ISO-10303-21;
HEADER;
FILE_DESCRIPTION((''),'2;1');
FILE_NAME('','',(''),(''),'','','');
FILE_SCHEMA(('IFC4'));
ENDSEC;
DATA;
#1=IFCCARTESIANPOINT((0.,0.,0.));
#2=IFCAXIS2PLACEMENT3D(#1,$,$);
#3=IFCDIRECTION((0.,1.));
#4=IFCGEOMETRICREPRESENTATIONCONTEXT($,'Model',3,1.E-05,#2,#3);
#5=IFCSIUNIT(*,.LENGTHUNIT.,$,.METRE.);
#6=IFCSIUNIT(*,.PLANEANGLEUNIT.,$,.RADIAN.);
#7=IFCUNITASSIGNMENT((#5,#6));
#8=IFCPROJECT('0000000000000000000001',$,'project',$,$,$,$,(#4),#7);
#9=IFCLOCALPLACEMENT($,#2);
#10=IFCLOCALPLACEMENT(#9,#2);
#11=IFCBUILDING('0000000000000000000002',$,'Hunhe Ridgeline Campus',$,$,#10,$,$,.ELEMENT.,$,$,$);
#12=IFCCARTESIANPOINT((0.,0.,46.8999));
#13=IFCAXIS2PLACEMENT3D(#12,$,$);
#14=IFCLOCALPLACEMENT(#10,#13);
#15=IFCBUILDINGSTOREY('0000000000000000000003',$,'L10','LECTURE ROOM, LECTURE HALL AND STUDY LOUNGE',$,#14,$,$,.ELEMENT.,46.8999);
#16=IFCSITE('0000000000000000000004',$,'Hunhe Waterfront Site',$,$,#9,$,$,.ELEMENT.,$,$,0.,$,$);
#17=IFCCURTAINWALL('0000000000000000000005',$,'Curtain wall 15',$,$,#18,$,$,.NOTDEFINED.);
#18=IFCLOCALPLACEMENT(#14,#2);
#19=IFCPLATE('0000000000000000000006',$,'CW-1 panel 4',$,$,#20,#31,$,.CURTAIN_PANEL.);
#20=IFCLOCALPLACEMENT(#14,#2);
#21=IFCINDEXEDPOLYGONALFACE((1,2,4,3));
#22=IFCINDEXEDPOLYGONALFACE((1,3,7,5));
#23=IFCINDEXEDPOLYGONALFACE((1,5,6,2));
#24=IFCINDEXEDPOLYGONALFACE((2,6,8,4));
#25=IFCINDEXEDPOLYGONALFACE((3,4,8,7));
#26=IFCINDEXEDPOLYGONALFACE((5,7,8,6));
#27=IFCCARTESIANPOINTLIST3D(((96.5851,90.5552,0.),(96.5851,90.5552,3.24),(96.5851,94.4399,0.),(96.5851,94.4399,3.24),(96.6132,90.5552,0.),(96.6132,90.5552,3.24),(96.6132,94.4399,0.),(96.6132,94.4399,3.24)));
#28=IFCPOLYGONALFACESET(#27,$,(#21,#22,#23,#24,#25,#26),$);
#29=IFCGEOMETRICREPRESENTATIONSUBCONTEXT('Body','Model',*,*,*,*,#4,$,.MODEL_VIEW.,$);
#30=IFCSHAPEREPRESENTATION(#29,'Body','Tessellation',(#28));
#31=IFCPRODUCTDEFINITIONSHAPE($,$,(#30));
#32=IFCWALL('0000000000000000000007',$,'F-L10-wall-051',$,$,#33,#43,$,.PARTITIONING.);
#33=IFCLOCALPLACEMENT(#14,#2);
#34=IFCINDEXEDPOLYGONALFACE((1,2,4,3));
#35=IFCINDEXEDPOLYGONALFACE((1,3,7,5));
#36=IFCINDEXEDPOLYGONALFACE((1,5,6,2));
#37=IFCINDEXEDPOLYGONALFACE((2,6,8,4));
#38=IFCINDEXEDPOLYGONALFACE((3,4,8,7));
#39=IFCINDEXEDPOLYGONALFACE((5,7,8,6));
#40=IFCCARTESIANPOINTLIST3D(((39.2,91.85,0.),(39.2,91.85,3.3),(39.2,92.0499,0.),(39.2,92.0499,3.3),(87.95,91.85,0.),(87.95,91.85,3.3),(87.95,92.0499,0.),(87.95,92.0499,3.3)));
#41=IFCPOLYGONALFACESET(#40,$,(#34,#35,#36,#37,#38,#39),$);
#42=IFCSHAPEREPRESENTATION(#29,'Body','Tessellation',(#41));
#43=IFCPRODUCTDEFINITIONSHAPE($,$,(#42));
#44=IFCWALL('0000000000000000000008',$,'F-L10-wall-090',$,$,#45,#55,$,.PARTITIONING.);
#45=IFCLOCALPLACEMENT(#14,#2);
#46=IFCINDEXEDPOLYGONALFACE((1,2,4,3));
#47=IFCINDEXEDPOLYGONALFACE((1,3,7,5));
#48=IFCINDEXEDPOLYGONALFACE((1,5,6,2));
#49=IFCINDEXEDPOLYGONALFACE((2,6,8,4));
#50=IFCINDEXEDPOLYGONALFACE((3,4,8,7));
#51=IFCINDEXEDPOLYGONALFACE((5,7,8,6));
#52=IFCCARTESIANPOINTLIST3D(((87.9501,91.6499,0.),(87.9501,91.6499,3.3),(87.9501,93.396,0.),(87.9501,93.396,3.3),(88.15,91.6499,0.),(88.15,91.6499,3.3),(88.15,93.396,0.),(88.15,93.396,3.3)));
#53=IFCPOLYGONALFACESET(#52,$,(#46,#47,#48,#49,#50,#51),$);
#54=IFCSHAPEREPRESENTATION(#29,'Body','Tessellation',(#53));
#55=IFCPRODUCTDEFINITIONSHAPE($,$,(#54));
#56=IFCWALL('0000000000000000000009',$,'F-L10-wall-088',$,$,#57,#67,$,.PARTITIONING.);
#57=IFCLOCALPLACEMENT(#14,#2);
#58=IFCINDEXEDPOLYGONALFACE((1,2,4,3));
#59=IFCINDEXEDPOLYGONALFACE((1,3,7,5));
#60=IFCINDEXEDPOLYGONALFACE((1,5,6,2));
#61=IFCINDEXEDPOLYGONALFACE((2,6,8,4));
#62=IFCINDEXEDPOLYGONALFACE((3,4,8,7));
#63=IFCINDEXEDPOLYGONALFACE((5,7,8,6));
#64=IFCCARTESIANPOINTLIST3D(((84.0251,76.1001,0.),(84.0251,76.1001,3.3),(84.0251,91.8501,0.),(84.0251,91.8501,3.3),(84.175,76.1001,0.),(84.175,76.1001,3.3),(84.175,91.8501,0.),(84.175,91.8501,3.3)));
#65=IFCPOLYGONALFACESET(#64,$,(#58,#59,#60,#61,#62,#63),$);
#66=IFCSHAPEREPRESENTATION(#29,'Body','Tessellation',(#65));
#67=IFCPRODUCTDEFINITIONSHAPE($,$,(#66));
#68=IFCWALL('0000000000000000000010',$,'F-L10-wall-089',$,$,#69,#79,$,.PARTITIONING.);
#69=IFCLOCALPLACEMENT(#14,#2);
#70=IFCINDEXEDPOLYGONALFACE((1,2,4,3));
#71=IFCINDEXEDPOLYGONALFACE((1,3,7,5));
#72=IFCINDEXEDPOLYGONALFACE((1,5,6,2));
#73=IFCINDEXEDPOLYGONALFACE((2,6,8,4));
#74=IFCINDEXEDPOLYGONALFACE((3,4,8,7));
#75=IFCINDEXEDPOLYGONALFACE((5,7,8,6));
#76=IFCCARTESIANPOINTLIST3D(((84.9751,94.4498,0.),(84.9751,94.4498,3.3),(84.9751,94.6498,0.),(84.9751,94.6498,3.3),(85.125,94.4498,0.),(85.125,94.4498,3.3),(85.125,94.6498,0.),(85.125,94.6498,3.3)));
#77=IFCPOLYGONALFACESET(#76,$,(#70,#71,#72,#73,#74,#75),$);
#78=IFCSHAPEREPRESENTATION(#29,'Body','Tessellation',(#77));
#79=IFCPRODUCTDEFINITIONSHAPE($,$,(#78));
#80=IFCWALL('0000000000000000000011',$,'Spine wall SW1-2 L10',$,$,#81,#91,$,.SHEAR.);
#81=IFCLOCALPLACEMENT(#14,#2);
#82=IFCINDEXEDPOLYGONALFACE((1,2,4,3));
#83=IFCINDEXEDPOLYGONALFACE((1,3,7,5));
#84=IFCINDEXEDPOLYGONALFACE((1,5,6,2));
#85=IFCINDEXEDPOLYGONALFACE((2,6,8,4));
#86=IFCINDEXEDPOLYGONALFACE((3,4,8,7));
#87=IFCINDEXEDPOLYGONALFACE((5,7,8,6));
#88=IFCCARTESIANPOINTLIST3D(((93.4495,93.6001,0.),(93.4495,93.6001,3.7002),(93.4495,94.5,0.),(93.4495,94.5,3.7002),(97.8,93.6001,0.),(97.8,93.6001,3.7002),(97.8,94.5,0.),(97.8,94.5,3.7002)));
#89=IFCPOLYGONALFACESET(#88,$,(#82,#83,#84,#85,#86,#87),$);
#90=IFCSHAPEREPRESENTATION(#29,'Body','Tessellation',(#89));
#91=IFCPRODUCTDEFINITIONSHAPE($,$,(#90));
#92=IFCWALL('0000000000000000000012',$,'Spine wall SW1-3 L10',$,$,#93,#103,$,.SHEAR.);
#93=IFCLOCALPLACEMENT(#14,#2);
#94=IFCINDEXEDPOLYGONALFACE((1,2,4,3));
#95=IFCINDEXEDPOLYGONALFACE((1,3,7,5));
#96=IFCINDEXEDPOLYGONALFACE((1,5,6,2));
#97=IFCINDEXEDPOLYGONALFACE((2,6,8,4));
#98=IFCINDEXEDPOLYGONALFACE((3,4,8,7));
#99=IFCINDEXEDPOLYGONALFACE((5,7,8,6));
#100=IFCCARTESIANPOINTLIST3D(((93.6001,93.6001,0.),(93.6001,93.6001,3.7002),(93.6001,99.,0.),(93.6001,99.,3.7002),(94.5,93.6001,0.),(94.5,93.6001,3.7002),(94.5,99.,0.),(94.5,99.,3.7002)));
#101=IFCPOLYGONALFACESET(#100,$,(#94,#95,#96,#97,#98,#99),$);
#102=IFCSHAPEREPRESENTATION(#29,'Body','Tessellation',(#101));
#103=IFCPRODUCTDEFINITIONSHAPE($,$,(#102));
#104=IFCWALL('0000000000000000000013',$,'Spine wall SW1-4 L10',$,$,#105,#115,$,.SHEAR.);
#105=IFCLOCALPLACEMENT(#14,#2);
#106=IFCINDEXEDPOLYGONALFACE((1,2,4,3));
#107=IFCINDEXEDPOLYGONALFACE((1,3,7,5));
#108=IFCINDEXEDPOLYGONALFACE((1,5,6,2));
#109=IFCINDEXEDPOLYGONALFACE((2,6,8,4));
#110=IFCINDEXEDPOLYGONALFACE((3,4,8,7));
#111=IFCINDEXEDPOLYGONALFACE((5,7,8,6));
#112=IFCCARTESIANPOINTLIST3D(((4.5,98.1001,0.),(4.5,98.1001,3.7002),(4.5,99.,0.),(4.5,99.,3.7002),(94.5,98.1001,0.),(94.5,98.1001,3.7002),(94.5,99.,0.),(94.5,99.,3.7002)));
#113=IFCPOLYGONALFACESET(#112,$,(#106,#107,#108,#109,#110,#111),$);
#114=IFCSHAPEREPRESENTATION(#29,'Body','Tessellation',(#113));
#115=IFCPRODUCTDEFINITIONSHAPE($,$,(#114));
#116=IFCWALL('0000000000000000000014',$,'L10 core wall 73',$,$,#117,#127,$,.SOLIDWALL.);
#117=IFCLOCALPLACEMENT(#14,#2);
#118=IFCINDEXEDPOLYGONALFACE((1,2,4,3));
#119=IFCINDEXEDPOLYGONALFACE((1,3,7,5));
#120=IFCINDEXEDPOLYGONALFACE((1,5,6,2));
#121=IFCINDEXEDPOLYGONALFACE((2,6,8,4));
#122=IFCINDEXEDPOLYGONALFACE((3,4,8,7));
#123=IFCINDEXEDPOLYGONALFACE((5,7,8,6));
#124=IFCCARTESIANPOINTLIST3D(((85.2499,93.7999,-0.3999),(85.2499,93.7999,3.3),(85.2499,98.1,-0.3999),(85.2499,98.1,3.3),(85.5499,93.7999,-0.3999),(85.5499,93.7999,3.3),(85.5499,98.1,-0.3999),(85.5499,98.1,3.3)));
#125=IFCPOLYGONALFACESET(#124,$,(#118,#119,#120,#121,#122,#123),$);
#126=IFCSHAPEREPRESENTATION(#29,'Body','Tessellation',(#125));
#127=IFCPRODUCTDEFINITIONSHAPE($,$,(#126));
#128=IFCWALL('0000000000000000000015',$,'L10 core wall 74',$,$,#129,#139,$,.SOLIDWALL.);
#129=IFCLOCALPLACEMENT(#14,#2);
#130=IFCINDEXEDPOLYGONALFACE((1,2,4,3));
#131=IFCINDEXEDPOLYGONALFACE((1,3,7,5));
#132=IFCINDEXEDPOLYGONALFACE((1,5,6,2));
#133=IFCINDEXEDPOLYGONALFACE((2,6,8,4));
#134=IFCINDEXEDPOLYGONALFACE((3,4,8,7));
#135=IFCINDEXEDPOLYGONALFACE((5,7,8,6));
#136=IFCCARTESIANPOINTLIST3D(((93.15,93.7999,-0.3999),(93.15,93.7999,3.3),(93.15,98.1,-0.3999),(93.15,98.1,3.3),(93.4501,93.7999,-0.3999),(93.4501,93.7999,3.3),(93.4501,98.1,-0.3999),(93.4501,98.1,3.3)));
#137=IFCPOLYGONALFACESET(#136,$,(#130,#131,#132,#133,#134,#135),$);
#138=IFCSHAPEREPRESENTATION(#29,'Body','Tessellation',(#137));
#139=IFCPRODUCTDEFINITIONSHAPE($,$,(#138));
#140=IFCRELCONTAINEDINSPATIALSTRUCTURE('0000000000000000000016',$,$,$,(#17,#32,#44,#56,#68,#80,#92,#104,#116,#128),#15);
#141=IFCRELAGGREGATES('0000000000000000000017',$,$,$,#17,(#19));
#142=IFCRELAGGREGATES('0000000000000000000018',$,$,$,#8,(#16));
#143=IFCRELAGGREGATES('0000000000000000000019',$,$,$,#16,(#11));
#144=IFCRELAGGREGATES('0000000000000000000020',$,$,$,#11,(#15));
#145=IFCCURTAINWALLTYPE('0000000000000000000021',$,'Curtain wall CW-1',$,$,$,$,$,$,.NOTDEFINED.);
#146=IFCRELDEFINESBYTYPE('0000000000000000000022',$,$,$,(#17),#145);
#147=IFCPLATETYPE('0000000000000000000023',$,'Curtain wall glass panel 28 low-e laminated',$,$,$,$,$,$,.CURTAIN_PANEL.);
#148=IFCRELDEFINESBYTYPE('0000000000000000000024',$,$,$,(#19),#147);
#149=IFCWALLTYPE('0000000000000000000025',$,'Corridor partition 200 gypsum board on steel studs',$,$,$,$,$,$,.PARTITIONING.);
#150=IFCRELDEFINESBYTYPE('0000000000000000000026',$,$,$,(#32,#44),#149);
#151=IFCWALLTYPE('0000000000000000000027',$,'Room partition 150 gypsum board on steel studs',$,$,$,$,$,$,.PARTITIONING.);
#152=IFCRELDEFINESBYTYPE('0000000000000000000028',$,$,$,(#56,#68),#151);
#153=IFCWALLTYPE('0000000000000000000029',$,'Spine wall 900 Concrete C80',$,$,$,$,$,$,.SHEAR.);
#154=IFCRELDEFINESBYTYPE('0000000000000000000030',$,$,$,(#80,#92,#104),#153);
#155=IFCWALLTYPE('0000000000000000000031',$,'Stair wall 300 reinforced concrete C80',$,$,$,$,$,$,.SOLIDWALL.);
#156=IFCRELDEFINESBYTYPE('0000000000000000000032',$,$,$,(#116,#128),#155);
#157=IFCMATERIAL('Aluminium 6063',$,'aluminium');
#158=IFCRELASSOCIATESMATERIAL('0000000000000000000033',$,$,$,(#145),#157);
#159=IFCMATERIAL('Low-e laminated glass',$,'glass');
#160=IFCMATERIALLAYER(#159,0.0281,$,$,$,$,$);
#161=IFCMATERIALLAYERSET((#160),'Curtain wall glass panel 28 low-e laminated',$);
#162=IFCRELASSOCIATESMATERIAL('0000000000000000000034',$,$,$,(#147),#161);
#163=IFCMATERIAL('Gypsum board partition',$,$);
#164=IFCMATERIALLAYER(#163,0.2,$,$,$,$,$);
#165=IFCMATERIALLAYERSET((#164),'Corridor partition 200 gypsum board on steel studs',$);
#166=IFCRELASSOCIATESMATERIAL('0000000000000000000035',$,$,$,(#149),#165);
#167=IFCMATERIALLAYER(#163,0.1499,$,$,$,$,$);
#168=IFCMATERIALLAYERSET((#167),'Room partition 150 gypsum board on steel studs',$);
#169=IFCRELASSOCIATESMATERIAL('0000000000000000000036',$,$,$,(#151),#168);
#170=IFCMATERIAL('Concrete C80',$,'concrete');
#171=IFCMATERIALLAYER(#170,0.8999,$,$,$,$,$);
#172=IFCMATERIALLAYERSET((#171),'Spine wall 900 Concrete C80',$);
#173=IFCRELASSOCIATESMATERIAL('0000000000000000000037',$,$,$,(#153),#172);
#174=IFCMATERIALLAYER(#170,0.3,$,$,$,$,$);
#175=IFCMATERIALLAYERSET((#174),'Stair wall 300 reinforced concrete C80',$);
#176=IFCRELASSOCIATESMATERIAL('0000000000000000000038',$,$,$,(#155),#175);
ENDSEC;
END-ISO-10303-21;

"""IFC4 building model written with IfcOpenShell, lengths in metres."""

from ifc_helpers import new_model, si_unit, direction, frame, frame_2d, origin, origin_2d, place, context, subcontext, project, spatial, rectangle, extrude, material, layer, layer_set, type_object, element, aggregate, save


model = new_model("IFC4")

# Units and contexts
model_context = context("Model", 3, precision=1e-05, world=origin(), true_north=direction((0.0, 1.0)))
body_context = subcontext(model_context, "Body", "Model", "MODEL_VIEW")
ifc_project = project(units=[si_unit("LENGTHUNIT", "METRE"), si_unit("PLANEANGLEUNIT", "RADIAN")], contexts=[model_context])

# Site, building, storey
site_placement = place(None, origin())
site = spatial("IfcSite", under=ifc_project, at=site_placement, Name="Hunhe Waterfront Site", CompositionType="ELEMENT", RefElevation=0.0)
building_placement = place(site_placement, origin())
building = spatial("IfcBuilding", under=site, at=building_placement, Name="Hunhe Ridgeline Campus", CompositionType="ELEMENT")
storey_placement = place(building_placement, frame((0.0, 0.0, 46.8999)))
storey = spatial("IfcBuildingStorey", under=building, at=storey_placement, Name="L10", Description="LECTURE ROOM, LECTURE HALL AND STUDY LOUNGE", CompositionType="ELEMENT", Elevation=46.8999)

# Shared definitions
ifc_material_1 = material(Name="Concrete C80", Category="concrete")

# Curtain wall
ifc_material_2 = material(Name="Aluminium 6063", Category="aluminium")
curtain_wall_type = type_object("IfcCurtainWallType", Name="Curtain wall CW-1", PredefinedType="NOTDEFINED", material=ifc_material_2)
curtain_wall_placement = place(storey_placement, origin())
curtain_wall = element("IfcCurtainWall", 1, at=curtain_wall_placement, inside=storey, type_object=curtain_wall_type, Name="Curtain wall 15", PredefinedType="NOTDEFINED")

# Plate
ifc_material_3 = material(Name="Low-e laminated glass", Category="glass")
ifc_layer_1 = layer(ifc_material_3, 0.0281)
ifc_layer_set_1 = layer_set([ifc_layer_1], Name="Curtain wall glass panel 28 low-e laminated")
plate_type = type_object("IfcPlateType", Name="Curtain wall glass panel 28 low-e laminated", PredefinedType="CURTAIN_PANEL", material=ifc_layer_set_1)
plate_1_placement = place(storey_placement, frame((96.5991, 92.4976, 0.0), z_axis=(0.0, 0.0, 1.0), x_axis=(0.0, 1.0, 0.0)))
plate_1 = element("IfcPlate", 2, at=plate_1_placement, type_object=plate_type, Name="CW-1 panel 4", PredefinedType="CURTAIN_PANEL", context=body_context, shape_type="SweptSolid", body=[
    extrude(rectangle(XDim=3.8848, YDim=0.0281, at=origin_2d()), origin(), (0.0, 0.0, 1.0), 3.24),
])
aggregate(curtain_wall, [plate_1])

# Walls
ifc_material_4 = material(Name="Gypsum board partition")
ifc_layer_2 = layer(ifc_material_4, 0.2)
ifc_layer_set_2 = layer_set([ifc_layer_2], Name="Corridor partition 200 gypsum board on steel studs")
wall_type_1 = type_object("IfcWallType", Name="Corridor partition 200 gypsum board on steel studs", PredefinedType="PARTITIONING", material=ifc_layer_set_2)
wall_1_placement = place(storey_placement, frame((87.95, 91.95, 0.0), z_axis=(0.0, 0.0, 1.0), x_axis=(-1.0, 0.0, 0.0)))
element("IfcWall", 3, at=wall_1_placement, inside=storey, type_object=wall_type_1, Name="F-L10-wall-051", PredefinedType="PARTITIONING", context=body_context, shape_type="SweptSolid", body=[
    extrude(rectangle(XDim=48.75, YDim=0.2, at=frame_2d((24.375, 0.0))), origin(), (0.0, 0.0, 1.0), 3.3),
])
wall_2_placement = place(storey_placement, frame((88.05, 93.396, 0.0), z_axis=(0.0, 0.0, 1.0), x_axis=(0.0, -1.0, 0.0)))
element("IfcWall", 4, at=wall_2_placement, inside=storey, type_object=wall_type_1, Name="F-L10-wall-090", PredefinedType="PARTITIONING", context=body_context, shape_type="SweptSolid", body=[
    extrude(rectangle(XDim=1.7461, YDim=0.2, at=frame_2d((0.873, 0.0))), origin(), (0.0, 0.0, 1.0), 3.3),
])
ifc_layer_3 = layer(ifc_material_4, 0.1499)
ifc_layer_set_3 = layer_set([ifc_layer_3], Name="Room partition 150 gypsum board on steel studs")
wall_type_2 = type_object("IfcWallType", Name="Room partition 150 gypsum board on steel studs", PredefinedType="PARTITIONING", material=ifc_layer_set_3)
wall_3_placement = place(storey_placement, frame((84.1001, 91.8501, 0.0), z_axis=(0.0, 0.0, 1.0), x_axis=(0.0, -1.0, 0.0)))
element("IfcWall", 5, at=wall_3_placement, inside=storey, type_object=wall_type_2, Name="F-L10-wall-088", PredefinedType="PARTITIONING", context=body_context, shape_type="SweptSolid", body=[
    extrude(rectangle(XDim=15.75, YDim=0.1499, at=frame_2d((7.875, 0.0))), origin(), (0.0, 0.0, 1.0), 3.3),
])
wall_4_placement = place(storey_placement, frame((85.05, 94.6499, 0.0), z_axis=(0.0, 0.0, 1.0), x_axis=(0.0, -1.0, 0.0)))
element("IfcWall", 6, at=wall_4_placement, inside=storey, type_object=wall_type_2, Name="F-L10-wall-089", PredefinedType="PARTITIONING", context=body_context, shape_type="SweptSolid", body=[
    extrude(rectangle(XDim=0.2, YDim=0.1499, at=frame_2d((0.1001, 0.0))), origin(), (0.0, 0.0, 1.0), 3.3),
])
ifc_layer_4 = layer(ifc_material_1, 0.8999)
ifc_layer_set_4 = layer_set([ifc_layer_4], Name="Spine wall 900 Concrete C80")
wall_type_3 = type_object("IfcWallType", Name="Spine wall 900 Concrete C80", PredefinedType="SHEAR", material=ifc_layer_set_4)
wall_5_placement = place(storey_placement, frame((97.8, 94.05, 0.0), z_axis=(0.0, 0.0, 1.0), x_axis=(-1.0, 0.0, 0.0)))
element("IfcWall", 7, at=wall_5_placement, inside=storey, type_object=wall_type_3, Name="Spine wall SW1-2 L10", PredefinedType="SHEAR", context=body_context, shape_type="SweptSolid", body=[
    extrude(rectangle(XDim=4.3506, YDim=0.8999, at=frame_2d((2.1753, 0.0))), origin(), (0.0, 0.0, 1.0), 3.7002),
])
wall_6_placement = place(storey_placement, frame((94.05, 93.6001, 0.0), z_axis=(0.0, 0.0, 1.0), x_axis=(0.0, 1.0, 0.0)))
element("IfcWall", 8, at=wall_6_placement, inside=storey, type_object=wall_type_3, Name="Spine wall SW1-3 L10", PredefinedType="SHEAR", context=body_context, shape_type="SweptSolid", body=[
    extrude(rectangle(XDim=5.3999, YDim=0.8999, at=frame_2d((2.7, 0.0))), origin(), (0.0, 0.0, 1.0), 3.7002),
])
wall_7_placement = place(storey_placement, frame((94.5, 98.55, 0.0), z_axis=(0.0, 0.0, 1.0), x_axis=(-1.0, 0.0, 0.0)))
element("IfcWall", 9, at=wall_7_placement, inside=storey, type_object=wall_type_3, Name="Spine wall SW1-4 L10", PredefinedType="SHEAR", context=body_context, shape_type="SweptSolid", body=[
    extrude(rectangle(XDim=90.0, YDim=0.8999, at=frame_2d((45.0, 0.0))), origin(), (0.0, 0.0, 1.0), 3.7002),
])

# Shared definitions
ifc_layer_5 = layer(ifc_material_1, 0.3)
ifc_layer_set_5 = layer_set([ifc_layer_5], Name="Stair wall 300 reinforced concrete C80")
wall_type_4 = type_object("IfcWallType", Name="Stair wall 300 reinforced concrete C80", PredefinedType="SOLIDWALL", material=ifc_layer_set_5)

# Walls
for number, where, z_axis, x_axis, name in (
    (10, (85.3999, 93.8, -0.3999), (0.0, 0.0, 1.0), (0.0, 1.0, 0.0), "L10 core wall 73"),
    (11, (93.3, 93.8, -0.3999), (0.0, 0.0, 1.0), (0.0, 1.0, 0.0), "L10 core wall 74"),
):
    element("IfcWall", number, at=place(storey_placement, frame(where, z_axis=z_axis, x_axis=x_axis)), inside=storey, type_object=wall_type_4, Name=name, PredefinedType="SOLIDWALL", context=body_context, shape_type="SweptSolid", body=[
        extrude(rectangle(XDim=4.3, YDim=0.3, at=frame_2d((2.1499, 0.0))), origin(), (0.0, 0.0, 1.0), 3.7),
    ])

save(model, "model.ifc")
